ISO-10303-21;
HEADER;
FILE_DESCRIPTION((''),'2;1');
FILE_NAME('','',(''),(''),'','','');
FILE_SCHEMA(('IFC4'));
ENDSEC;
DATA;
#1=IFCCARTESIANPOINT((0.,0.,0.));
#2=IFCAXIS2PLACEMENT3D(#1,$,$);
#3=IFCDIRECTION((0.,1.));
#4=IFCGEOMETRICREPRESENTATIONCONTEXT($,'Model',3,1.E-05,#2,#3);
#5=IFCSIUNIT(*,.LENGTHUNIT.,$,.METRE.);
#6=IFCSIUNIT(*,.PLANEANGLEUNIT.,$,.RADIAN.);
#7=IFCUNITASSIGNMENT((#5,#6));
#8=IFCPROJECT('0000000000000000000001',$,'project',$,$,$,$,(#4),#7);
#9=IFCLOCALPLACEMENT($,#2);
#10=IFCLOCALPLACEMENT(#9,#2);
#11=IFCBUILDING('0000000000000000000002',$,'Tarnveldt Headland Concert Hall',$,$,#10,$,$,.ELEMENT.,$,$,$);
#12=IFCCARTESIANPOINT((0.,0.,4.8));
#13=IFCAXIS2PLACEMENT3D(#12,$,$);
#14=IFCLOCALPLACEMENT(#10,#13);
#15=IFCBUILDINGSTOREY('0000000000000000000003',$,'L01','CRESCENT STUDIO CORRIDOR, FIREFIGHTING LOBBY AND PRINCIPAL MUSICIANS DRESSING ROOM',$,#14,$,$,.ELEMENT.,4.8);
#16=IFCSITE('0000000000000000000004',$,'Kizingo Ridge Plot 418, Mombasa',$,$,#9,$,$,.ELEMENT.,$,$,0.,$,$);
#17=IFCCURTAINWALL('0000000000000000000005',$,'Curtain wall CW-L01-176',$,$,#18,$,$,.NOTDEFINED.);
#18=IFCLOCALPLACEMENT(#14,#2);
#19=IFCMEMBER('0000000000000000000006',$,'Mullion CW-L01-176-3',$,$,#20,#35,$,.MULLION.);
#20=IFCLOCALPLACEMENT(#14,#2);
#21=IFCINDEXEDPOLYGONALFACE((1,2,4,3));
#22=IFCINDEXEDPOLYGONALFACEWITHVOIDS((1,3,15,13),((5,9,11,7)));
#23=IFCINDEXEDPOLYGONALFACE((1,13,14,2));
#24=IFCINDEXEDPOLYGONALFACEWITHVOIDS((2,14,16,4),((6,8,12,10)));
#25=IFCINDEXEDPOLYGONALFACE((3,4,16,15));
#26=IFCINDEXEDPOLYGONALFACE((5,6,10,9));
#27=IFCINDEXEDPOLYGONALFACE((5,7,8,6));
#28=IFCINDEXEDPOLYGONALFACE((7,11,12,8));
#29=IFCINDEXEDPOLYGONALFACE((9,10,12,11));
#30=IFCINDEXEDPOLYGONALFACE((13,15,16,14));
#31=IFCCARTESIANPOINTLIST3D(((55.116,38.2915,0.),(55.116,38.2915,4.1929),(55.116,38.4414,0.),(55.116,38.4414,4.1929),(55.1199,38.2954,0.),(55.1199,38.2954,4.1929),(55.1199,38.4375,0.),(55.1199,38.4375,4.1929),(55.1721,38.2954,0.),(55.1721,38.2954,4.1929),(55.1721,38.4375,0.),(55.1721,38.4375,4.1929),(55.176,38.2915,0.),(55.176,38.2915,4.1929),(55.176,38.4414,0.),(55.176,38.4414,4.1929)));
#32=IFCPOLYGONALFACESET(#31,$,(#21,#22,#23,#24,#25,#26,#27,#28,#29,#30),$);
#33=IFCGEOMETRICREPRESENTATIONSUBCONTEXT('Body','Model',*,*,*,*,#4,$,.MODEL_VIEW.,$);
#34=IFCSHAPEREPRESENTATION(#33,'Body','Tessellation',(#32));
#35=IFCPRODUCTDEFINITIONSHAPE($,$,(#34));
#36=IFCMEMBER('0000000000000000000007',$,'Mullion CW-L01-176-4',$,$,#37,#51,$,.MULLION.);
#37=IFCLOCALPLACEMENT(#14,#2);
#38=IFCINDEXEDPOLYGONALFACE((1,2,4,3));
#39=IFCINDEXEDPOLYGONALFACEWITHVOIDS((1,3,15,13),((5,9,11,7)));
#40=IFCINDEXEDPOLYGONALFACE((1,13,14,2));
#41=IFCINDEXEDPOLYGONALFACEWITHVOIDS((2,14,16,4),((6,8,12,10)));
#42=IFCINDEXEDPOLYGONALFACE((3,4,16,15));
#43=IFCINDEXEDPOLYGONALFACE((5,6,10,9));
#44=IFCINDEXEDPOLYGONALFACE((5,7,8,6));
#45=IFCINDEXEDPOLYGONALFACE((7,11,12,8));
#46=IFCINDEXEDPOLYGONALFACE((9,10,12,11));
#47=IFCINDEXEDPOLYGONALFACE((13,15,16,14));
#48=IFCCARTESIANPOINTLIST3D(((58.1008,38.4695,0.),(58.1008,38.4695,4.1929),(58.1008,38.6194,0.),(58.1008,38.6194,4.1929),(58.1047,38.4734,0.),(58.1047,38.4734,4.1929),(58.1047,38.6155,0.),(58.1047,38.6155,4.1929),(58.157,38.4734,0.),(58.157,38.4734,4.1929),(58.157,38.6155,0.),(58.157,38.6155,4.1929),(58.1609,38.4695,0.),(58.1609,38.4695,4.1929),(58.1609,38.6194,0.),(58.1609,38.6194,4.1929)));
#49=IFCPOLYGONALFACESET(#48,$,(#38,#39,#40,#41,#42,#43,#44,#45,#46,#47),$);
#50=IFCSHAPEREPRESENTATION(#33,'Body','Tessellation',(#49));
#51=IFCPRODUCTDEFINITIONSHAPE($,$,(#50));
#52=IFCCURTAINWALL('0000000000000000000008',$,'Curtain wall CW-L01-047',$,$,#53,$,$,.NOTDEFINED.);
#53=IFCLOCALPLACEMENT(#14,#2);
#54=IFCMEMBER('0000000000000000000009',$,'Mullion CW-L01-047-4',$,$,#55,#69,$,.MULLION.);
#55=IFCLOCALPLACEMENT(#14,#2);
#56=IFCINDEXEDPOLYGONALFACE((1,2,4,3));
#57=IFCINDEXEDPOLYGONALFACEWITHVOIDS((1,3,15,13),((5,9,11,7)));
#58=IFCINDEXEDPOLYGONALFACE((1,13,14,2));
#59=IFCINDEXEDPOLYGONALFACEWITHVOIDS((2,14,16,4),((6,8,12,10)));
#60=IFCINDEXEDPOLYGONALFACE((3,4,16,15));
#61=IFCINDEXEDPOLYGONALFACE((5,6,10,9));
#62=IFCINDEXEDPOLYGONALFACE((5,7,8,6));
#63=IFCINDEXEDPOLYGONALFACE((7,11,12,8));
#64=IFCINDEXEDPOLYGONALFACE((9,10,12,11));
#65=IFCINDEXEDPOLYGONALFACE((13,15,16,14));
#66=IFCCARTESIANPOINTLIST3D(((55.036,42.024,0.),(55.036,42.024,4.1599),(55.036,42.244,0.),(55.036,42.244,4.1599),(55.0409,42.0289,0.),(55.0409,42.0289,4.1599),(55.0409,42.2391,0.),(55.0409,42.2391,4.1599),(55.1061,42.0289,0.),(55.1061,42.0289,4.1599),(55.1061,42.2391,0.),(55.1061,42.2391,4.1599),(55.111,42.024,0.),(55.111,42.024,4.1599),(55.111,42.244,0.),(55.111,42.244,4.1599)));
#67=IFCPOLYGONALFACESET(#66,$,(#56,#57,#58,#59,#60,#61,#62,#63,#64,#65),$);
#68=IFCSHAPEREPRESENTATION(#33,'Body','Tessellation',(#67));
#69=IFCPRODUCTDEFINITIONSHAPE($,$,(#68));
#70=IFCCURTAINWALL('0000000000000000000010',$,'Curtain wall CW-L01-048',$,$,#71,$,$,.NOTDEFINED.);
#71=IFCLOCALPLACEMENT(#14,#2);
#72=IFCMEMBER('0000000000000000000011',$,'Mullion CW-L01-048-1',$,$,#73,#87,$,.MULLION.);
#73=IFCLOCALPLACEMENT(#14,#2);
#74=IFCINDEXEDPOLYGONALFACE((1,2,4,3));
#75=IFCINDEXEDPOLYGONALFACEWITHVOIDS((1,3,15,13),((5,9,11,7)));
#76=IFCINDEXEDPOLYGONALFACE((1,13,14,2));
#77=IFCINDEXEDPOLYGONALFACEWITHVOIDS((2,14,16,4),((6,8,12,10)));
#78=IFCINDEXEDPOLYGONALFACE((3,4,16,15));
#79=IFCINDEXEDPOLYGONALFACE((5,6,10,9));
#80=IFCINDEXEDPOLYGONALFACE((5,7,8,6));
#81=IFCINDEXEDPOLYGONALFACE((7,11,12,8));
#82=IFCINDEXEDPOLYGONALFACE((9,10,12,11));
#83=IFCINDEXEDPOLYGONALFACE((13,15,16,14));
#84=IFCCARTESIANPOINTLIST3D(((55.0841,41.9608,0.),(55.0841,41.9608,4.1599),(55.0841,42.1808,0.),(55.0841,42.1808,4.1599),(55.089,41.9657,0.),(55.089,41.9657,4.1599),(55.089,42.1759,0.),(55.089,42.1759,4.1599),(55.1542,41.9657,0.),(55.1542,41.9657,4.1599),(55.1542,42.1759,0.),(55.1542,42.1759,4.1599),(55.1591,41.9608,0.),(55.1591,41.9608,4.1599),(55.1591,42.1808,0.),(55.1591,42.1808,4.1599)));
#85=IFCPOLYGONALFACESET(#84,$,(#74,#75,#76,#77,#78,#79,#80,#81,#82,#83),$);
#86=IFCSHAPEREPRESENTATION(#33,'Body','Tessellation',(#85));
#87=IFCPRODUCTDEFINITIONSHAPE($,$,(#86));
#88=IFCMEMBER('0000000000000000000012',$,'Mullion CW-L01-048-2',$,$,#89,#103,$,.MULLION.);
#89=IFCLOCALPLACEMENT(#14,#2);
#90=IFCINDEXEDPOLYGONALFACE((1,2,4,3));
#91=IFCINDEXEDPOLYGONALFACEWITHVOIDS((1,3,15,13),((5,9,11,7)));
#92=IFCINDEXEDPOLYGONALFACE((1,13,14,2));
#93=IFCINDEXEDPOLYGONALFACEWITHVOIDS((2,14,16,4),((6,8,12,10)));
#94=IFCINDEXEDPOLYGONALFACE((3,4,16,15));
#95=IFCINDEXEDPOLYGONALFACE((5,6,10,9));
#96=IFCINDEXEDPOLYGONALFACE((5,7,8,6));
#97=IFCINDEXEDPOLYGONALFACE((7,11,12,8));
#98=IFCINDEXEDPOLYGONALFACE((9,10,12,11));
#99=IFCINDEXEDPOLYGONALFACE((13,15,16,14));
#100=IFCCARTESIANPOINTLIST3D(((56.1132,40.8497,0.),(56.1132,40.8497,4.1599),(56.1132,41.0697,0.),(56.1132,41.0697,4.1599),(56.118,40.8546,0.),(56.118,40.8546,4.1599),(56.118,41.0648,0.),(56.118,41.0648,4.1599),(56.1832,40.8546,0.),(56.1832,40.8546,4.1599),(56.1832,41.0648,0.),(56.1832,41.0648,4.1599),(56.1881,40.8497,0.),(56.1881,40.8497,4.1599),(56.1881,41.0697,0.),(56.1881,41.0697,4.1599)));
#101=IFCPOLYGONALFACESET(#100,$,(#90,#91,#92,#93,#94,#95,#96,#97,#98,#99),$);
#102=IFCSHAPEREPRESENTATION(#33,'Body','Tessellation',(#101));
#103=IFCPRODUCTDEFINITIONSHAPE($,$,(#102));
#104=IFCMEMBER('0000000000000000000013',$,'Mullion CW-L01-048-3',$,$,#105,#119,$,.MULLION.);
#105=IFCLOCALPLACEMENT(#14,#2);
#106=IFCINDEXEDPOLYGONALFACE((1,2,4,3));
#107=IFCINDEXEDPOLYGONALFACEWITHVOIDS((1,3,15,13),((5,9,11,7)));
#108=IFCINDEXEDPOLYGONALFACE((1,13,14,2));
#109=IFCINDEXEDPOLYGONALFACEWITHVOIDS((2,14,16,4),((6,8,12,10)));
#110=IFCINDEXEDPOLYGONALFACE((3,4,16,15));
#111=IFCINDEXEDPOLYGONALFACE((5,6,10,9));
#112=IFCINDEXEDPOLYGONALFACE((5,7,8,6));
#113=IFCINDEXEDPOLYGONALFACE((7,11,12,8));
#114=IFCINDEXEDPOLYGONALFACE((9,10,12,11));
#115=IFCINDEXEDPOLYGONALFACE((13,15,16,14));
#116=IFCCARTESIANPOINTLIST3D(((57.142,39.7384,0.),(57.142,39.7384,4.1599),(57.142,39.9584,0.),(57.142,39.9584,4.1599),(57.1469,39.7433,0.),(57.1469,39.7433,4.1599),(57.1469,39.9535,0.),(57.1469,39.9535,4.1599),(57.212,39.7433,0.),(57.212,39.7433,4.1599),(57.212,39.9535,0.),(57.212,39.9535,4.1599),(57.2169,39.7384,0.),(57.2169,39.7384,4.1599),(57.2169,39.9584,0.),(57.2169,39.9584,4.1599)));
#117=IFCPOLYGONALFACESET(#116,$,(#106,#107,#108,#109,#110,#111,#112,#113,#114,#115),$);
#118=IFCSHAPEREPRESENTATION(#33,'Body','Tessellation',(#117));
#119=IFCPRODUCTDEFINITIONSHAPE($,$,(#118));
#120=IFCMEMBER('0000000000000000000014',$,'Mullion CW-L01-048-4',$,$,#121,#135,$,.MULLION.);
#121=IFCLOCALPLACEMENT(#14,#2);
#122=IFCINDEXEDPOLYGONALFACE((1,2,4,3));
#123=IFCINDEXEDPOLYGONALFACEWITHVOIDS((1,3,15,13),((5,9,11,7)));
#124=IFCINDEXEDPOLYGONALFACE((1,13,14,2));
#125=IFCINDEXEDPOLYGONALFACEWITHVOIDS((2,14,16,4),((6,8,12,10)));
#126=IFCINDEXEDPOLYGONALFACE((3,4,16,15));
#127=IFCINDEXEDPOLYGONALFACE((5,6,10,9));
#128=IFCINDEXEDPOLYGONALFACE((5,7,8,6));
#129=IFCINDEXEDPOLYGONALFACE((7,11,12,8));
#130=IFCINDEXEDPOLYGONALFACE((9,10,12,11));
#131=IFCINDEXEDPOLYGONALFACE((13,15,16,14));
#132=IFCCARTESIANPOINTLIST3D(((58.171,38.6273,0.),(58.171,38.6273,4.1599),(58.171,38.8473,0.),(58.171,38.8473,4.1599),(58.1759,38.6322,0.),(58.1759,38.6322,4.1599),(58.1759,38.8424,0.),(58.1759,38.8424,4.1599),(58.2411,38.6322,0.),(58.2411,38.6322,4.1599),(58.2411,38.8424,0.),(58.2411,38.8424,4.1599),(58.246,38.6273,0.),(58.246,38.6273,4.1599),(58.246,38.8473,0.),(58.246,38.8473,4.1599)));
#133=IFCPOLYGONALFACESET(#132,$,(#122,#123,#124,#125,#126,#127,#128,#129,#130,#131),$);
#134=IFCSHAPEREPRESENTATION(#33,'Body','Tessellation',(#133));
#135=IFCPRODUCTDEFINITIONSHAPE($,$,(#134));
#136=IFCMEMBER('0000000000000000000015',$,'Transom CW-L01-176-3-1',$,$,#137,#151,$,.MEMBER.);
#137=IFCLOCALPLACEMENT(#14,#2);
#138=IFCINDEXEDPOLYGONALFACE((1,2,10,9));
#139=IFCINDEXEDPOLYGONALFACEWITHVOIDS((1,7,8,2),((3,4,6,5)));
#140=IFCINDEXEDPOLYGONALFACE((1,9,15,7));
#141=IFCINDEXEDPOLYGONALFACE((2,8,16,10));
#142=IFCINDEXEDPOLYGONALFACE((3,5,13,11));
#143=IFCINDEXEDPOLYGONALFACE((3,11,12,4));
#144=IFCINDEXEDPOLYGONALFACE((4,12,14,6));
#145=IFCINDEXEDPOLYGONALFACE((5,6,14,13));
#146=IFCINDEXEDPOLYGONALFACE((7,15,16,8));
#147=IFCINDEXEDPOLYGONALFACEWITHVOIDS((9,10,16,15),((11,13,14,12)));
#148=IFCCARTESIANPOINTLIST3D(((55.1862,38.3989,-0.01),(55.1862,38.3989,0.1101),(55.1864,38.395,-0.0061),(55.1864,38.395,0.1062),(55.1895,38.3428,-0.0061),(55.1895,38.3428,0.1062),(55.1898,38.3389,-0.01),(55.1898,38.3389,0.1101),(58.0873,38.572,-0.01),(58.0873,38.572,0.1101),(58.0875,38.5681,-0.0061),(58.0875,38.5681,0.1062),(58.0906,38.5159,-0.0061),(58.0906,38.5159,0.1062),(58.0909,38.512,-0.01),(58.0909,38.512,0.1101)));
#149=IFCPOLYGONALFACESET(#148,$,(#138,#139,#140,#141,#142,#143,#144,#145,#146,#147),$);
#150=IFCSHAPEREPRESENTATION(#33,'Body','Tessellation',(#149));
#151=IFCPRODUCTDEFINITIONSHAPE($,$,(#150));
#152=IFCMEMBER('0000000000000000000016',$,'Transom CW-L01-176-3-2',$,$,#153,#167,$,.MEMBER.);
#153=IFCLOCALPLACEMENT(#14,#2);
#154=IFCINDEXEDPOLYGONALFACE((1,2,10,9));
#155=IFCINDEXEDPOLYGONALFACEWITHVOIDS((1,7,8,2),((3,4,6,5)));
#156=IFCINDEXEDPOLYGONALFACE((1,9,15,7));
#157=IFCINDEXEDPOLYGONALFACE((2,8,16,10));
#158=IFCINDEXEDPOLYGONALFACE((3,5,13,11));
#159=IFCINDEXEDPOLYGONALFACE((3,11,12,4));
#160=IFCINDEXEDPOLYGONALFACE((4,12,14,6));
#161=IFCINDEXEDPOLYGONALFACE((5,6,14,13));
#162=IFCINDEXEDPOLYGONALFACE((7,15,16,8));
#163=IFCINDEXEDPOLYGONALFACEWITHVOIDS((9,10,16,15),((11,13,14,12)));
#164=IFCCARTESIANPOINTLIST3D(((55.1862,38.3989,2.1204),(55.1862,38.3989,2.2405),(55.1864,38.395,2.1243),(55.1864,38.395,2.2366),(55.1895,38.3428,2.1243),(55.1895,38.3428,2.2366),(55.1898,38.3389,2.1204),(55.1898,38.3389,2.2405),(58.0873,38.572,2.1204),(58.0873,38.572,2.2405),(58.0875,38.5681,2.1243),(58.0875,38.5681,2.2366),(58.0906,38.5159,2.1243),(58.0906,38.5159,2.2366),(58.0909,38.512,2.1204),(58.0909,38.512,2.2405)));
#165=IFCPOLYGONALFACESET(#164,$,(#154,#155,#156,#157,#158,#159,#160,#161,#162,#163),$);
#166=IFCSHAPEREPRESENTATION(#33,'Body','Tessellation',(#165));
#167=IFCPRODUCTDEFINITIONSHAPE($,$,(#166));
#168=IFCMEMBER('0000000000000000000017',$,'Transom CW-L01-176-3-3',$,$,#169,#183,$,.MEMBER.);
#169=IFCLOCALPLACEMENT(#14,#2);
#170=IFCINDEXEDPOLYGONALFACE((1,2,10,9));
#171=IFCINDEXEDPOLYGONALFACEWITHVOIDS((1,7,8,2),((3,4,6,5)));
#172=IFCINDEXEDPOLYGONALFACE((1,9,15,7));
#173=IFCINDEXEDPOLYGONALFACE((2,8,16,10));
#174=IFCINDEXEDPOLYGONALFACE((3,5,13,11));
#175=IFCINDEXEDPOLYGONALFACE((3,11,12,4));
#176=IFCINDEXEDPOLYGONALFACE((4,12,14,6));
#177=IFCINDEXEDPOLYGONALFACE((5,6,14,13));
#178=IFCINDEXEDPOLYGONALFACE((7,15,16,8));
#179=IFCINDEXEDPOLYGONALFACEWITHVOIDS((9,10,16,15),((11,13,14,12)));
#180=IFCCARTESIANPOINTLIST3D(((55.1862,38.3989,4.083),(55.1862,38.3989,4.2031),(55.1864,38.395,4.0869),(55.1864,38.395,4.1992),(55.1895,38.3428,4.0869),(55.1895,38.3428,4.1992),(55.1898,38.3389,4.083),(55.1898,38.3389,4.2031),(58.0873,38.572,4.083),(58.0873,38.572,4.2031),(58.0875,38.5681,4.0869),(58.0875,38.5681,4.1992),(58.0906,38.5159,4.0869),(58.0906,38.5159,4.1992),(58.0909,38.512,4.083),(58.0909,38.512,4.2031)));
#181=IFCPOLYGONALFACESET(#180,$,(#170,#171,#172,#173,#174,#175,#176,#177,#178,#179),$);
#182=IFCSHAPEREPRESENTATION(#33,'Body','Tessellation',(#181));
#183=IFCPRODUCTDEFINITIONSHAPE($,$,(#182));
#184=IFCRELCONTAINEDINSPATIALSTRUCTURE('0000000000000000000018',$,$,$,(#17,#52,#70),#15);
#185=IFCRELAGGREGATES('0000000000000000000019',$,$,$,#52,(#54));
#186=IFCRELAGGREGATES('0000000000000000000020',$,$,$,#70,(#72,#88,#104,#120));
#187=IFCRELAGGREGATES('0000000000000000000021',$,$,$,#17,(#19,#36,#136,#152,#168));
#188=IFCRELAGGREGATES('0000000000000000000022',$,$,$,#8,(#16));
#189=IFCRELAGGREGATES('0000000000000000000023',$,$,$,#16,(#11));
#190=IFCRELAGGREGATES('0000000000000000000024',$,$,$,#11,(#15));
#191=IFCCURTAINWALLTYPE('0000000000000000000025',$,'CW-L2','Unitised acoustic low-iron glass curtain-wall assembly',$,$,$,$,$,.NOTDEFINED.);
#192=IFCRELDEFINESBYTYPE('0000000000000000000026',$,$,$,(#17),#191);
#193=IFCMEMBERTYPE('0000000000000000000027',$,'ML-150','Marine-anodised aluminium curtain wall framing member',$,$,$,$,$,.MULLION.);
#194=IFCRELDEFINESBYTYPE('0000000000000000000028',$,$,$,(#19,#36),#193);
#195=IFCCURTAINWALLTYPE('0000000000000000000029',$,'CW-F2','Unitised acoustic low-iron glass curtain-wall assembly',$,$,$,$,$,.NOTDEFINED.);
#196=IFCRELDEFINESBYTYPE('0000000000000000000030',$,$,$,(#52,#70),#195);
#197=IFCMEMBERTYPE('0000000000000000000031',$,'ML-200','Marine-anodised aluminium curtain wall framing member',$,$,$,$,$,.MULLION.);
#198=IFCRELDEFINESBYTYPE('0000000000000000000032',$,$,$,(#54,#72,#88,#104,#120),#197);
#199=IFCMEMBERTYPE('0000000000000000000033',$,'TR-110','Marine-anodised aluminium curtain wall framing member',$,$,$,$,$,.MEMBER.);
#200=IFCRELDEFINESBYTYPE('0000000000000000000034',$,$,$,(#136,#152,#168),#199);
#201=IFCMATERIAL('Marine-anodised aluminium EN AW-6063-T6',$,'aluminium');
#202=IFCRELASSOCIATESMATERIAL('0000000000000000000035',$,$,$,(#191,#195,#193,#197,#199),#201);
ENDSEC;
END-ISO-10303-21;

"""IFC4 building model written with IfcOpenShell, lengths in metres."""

from ifc_helpers import new_model, si_unit, direction, frame, origin, origin_2d, place, context, subcontext, project, spatial, hollow_rectangle, extrude, material, material_profile, profile_set, type_object, element, aggregate, save


model = new_model("IFC4")

# Units and contexts
model_context = context("Model", 3, precision=1e-05, world=origin(), true_north=direction((0.0, 1.0)))
body_context = subcontext(model_context, "Body", "Model", "MODEL_VIEW")
ifc_project = project(units=[si_unit("LENGTHUNIT", "METRE"), si_unit("PLANEANGLEUNIT", "RADIAN")], contexts=[model_context])

# Site, building, storey
site_placement = place(None, origin())
site = spatial("IfcSite", under=ifc_project, at=site_placement, Name="Kizingo Ridge Plot 418, Mombasa", CompositionType="ELEMENT", RefElevation=0.0)
building_placement = place(site_placement, origin())
building = spatial("IfcBuilding", under=site, at=building_placement, Name="Tarnveldt Headland Concert Hall", CompositionType="ELEMENT")
storey_placement = place(building_placement, frame((0.0, 0.0, 4.8)))
storey = spatial("IfcBuildingStorey", under=building, at=storey_placement, Name="L01", Description="CRESCENT STUDIO CORRIDOR, FIREFIGHTING LOBBY AND PRINCIPAL MUSICIANS DRESSING ROOM", CompositionType="ELEMENT", Elevation=4.8)

# Curtain wall, members
ifc_material_1 = material(Name="Marine-anodised aluminium EN AW-6063-T6", Category="aluminium")
curtain_wall_type_1 = type_object("IfcCurtainWallType", Name="CW-L2", Description="Unitised acoustic low-iron glass curtain-wall assembly", PredefinedType="NOTDEFINED", material=ifc_material_1)
curtain_wall_1_placement = place(storey_placement, origin())
curtain_wall_1 = element("IfcCurtainWall", 1, at=curtain_wall_1_placement, inside=storey, type_object=curtain_wall_type_1, Name="Curtain wall CW-L01-176", PredefinedType="NOTDEFINED")
ifc_material_profile_1 = material_profile(ifc_material_1, hollow_rectangle(XDim=0.0601, YDim=0.1499, WallThickness=0.0039, at=origin_2d()), Name="ALU MULLION 60x150x4", Category="aluminium")
ifc_profile_set_1 = profile_set([ifc_material_profile_1], Name="Marine-anodised aluminium EN AW-6063-T6")
member_type_1 = type_object("IfcMemberType", Name="ML-150", Description="Marine-anodised aluminium curtain wall framing member", PredefinedType="MULLION", material=ifc_profile_set_1)
member_1_placement = place(storey_placement, frame((55.146, 38.3665, 0.0), z_axis=(0.0, 0.0, 1.0), x_axis=(1.0, 0.0, 0.0)))
member_1 = element("IfcMember", 2, at=member_1_placement, type_object=member_type_1, Name="Mullion CW-L01-176-3", PredefinedType="MULLION", context=body_context, shape_type="SweptSolid", body=[
    extrude(hollow_rectangle(XDim=0.0601, YDim=0.1499, WallThickness=0.0039, at=origin_2d()), origin(), (0.0, 0.0, 1.0), 4.1929),
])
member_2_placement = place(storey_placement, frame((58.1309, 38.5444, 0.0), z_axis=(0.0, 0.0, 1.0), x_axis=(1.0, 0.0, 0.0)))
member_2 = element("IfcMember", 3, at=member_2_placement, type_object=member_type_1, Name="Mullion CW-L01-176-4", PredefinedType="MULLION", context=body_context, shape_type="SweptSolid", body=[
    extrude(hollow_rectangle(XDim=0.0601, YDim=0.1499, WallThickness=0.0039, at=origin_2d()), origin(), (0.0, 0.0, 1.0), 4.1929),
])

# Curtain wall, member
curtain_wall_type_2 = type_object("IfcCurtainWallType", Name="CW-F2", Description="Unitised acoustic low-iron glass curtain-wall assembly", PredefinedType="NOTDEFINED", material=ifc_material_1)
curtain_wall_2_placement = place(storey_placement, origin())
curtain_wall_2 = element("IfcCurtainWall", 4, at=curtain_wall_2_placement, inside=storey, type_object=curtain_wall_type_2, Name="Curtain wall CW-L01-047", PredefinedType="NOTDEFINED")
ifc_material_profile_2 = material_profile(ifc_material_1, hollow_rectangle(XDim=0.075, YDim=0.22, WallThickness=0.0049, at=origin_2d()), Name="ALU MULLION 75x220x5", Category="aluminium")
ifc_profile_set_2 = profile_set([ifc_material_profile_2], Name="Marine-anodised aluminium EN AW-6063-T6")
member_type_2 = type_object("IfcMemberType", Name="ML-200", Description="Marine-anodised aluminium curtain wall framing member", PredefinedType="MULLION", material=ifc_profile_set_2)
member_3_placement = place(storey_placement, frame((55.0735, 42.134, 0.0), z_axis=(0.0, 0.0, 1.0), x_axis=(1.0, 0.0, 0.0)))
member_3 = element("IfcMember", 5, at=member_3_placement, type_object=member_type_2, Name="Mullion CW-L01-047-4", PredefinedType="MULLION", context=body_context, shape_type="SweptSolid", body=[
    extrude(hollow_rectangle(XDim=0.075, YDim=0.22, WallThickness=0.0049, at=origin_2d()), origin(), (0.0, 0.0, 1.0), 4.1599),
])

# Curtain wall, members
curtain_wall_3_placement = place(storey_placement, origin())
curtain_wall_3 = element("IfcCurtainWall", 6, at=curtain_wall_3_placement, inside=storey, type_object=curtain_wall_type_2, Name="Curtain wall CW-L01-048", PredefinedType="NOTDEFINED")
member_4_placement = place(storey_placement, frame((55.1216, 42.0708, 0.0), z_axis=(0.0, 0.0, 1.0), x_axis=(1.0, 0.0, 0.0)))
member_4 = element("IfcMember", 7, at=member_4_placement, type_object=member_type_2, Name="Mullion CW-L01-048-1", PredefinedType="MULLION", context=body_context, shape_type="SweptSolid", body=[
    extrude(hollow_rectangle(XDim=0.075, YDim=0.22, WallThickness=0.0049, at=origin_2d()), origin(), (0.0, 0.0, 1.0), 4.1599),
])
member_5_placement = place(storey_placement, frame((56.1506, 40.9597, 0.0), z_axis=(0.0, 0.0, 1.0), x_axis=(1.0, 0.0, 0.0)))
member_5 = element("IfcMember", 8, at=member_5_placement, type_object=member_type_2, Name="Mullion CW-L01-048-2", PredefinedType="MULLION", context=body_context, shape_type="SweptSolid", body=[
    extrude(hollow_rectangle(XDim=0.075, YDim=0.22, WallThickness=0.0049, at=origin_2d()), origin(), (0.0, 0.0, 1.0), 4.1599),
])
member_6_placement = place(storey_placement, frame((57.1794, 39.8484, 0.0), z_axis=(0.0, 0.0, 1.0), x_axis=(1.0, 0.0, 0.0)))
member_6 = element("IfcMember", 9, at=member_6_placement, type_object=member_type_2, Name="Mullion CW-L01-048-3", PredefinedType="MULLION", context=body_context, shape_type="SweptSolid", body=[
    extrude(hollow_rectangle(XDim=0.075, YDim=0.22, WallThickness=0.0049, at=origin_2d()), origin(), (0.0, 0.0, 1.0), 4.1599),
])
member_7_placement = place(storey_placement, frame((58.2085, 38.7373, 0.0), z_axis=(0.0, 0.0, 1.0), x_axis=(1.0, 0.0, 0.0)))
member_7 = element("IfcMember", 10, at=member_7_placement, type_object=member_type_2, Name="Mullion CW-L01-048-4", PredefinedType="MULLION", context=body_context, shape_type="SweptSolid", body=[
    extrude(hollow_rectangle(XDim=0.075, YDim=0.22, WallThickness=0.0049, at=origin_2d()), origin(), (0.0, 0.0, 1.0), 4.1599),
])

# Members
ifc_material_profile_3 = material_profile(ifc_material_1, hollow_rectangle(XDim=0.0601, YDim=0.1201, WallThickness=0.0039, at=origin_2d()), Name="ALU TRANSOM 60x120x4", Category="aluminium")
ifc_profile_set_3 = profile_set([ifc_material_profile_3], Name="Marine-anodised aluminium EN AW-6063-T6")
member_type_3 = type_object("IfcMemberType", Name="TR-110", Description="Marine-anodised aluminium curtain wall framing member", PredefinedType="MEMBER", material=ifc_profile_set_3)
member_8_placement = place(storey_placement, frame((55.188, 38.3689, 0.05), z_axis=(0.998225, 0.059559, 0.0), x_axis=(-0.059559, 0.998225, 0.0)))
member_8 = element("IfcMember", 11, at=member_8_placement, type_object=member_type_3, Name="Transom CW-L01-176-3-1", PredefinedType="MEMBER", context=body_context, shape_type="SweptSolid", body=[
    extrude(hollow_rectangle(XDim=0.0601, YDim=0.1201, WallThickness=0.0039, at=origin_2d()), origin(), (0.0, 0.0, 1.0), 2.9062),
])
member_9_placement = place(storey_placement, frame((55.188, 38.3689, 2.1804), z_axis=(0.998225, 0.059559, 0.0), x_axis=(-0.059559, 0.998225, 0.0)))
member_9 = element("IfcMember", 12, at=member_9_placement, type_object=member_type_3, Name="Transom CW-L01-176-3-2", PredefinedType="MEMBER", context=body_context, shape_type="SweptSolid", body=[
    extrude(hollow_rectangle(XDim=0.0601, YDim=0.1201, WallThickness=0.0039, at=origin_2d()), origin(), (0.0, 0.0, 1.0), 2.9062),
])
member_10_placement = place(storey_placement, frame((55.188, 38.3689, 4.1431), z_axis=(0.998225, 0.059559, 0.0), x_axis=(-0.059559, 0.998225, 0.0)))
member_10 = element("IfcMember", 13, at=member_10_placement, type_object=member_type_3, Name="Transom CW-L01-176-3-3", PredefinedType="MEMBER", context=body_context, shape_type="SweptSolid", body=[
    extrude(hollow_rectangle(XDim=0.0601, YDim=0.1201, WallThickness=0.0039, at=origin_2d()), origin(), (0.0, 0.0, 1.0), 2.9062),
])

aggregate(curtain_wall_2, [member_3])
aggregate(curtain_wall_3, [member_4, member_5, member_6, member_7])
aggregate(curtain_wall_1, [member_1, member_2, member_8, member_9, member_10])

save(model, "model.ifc")
